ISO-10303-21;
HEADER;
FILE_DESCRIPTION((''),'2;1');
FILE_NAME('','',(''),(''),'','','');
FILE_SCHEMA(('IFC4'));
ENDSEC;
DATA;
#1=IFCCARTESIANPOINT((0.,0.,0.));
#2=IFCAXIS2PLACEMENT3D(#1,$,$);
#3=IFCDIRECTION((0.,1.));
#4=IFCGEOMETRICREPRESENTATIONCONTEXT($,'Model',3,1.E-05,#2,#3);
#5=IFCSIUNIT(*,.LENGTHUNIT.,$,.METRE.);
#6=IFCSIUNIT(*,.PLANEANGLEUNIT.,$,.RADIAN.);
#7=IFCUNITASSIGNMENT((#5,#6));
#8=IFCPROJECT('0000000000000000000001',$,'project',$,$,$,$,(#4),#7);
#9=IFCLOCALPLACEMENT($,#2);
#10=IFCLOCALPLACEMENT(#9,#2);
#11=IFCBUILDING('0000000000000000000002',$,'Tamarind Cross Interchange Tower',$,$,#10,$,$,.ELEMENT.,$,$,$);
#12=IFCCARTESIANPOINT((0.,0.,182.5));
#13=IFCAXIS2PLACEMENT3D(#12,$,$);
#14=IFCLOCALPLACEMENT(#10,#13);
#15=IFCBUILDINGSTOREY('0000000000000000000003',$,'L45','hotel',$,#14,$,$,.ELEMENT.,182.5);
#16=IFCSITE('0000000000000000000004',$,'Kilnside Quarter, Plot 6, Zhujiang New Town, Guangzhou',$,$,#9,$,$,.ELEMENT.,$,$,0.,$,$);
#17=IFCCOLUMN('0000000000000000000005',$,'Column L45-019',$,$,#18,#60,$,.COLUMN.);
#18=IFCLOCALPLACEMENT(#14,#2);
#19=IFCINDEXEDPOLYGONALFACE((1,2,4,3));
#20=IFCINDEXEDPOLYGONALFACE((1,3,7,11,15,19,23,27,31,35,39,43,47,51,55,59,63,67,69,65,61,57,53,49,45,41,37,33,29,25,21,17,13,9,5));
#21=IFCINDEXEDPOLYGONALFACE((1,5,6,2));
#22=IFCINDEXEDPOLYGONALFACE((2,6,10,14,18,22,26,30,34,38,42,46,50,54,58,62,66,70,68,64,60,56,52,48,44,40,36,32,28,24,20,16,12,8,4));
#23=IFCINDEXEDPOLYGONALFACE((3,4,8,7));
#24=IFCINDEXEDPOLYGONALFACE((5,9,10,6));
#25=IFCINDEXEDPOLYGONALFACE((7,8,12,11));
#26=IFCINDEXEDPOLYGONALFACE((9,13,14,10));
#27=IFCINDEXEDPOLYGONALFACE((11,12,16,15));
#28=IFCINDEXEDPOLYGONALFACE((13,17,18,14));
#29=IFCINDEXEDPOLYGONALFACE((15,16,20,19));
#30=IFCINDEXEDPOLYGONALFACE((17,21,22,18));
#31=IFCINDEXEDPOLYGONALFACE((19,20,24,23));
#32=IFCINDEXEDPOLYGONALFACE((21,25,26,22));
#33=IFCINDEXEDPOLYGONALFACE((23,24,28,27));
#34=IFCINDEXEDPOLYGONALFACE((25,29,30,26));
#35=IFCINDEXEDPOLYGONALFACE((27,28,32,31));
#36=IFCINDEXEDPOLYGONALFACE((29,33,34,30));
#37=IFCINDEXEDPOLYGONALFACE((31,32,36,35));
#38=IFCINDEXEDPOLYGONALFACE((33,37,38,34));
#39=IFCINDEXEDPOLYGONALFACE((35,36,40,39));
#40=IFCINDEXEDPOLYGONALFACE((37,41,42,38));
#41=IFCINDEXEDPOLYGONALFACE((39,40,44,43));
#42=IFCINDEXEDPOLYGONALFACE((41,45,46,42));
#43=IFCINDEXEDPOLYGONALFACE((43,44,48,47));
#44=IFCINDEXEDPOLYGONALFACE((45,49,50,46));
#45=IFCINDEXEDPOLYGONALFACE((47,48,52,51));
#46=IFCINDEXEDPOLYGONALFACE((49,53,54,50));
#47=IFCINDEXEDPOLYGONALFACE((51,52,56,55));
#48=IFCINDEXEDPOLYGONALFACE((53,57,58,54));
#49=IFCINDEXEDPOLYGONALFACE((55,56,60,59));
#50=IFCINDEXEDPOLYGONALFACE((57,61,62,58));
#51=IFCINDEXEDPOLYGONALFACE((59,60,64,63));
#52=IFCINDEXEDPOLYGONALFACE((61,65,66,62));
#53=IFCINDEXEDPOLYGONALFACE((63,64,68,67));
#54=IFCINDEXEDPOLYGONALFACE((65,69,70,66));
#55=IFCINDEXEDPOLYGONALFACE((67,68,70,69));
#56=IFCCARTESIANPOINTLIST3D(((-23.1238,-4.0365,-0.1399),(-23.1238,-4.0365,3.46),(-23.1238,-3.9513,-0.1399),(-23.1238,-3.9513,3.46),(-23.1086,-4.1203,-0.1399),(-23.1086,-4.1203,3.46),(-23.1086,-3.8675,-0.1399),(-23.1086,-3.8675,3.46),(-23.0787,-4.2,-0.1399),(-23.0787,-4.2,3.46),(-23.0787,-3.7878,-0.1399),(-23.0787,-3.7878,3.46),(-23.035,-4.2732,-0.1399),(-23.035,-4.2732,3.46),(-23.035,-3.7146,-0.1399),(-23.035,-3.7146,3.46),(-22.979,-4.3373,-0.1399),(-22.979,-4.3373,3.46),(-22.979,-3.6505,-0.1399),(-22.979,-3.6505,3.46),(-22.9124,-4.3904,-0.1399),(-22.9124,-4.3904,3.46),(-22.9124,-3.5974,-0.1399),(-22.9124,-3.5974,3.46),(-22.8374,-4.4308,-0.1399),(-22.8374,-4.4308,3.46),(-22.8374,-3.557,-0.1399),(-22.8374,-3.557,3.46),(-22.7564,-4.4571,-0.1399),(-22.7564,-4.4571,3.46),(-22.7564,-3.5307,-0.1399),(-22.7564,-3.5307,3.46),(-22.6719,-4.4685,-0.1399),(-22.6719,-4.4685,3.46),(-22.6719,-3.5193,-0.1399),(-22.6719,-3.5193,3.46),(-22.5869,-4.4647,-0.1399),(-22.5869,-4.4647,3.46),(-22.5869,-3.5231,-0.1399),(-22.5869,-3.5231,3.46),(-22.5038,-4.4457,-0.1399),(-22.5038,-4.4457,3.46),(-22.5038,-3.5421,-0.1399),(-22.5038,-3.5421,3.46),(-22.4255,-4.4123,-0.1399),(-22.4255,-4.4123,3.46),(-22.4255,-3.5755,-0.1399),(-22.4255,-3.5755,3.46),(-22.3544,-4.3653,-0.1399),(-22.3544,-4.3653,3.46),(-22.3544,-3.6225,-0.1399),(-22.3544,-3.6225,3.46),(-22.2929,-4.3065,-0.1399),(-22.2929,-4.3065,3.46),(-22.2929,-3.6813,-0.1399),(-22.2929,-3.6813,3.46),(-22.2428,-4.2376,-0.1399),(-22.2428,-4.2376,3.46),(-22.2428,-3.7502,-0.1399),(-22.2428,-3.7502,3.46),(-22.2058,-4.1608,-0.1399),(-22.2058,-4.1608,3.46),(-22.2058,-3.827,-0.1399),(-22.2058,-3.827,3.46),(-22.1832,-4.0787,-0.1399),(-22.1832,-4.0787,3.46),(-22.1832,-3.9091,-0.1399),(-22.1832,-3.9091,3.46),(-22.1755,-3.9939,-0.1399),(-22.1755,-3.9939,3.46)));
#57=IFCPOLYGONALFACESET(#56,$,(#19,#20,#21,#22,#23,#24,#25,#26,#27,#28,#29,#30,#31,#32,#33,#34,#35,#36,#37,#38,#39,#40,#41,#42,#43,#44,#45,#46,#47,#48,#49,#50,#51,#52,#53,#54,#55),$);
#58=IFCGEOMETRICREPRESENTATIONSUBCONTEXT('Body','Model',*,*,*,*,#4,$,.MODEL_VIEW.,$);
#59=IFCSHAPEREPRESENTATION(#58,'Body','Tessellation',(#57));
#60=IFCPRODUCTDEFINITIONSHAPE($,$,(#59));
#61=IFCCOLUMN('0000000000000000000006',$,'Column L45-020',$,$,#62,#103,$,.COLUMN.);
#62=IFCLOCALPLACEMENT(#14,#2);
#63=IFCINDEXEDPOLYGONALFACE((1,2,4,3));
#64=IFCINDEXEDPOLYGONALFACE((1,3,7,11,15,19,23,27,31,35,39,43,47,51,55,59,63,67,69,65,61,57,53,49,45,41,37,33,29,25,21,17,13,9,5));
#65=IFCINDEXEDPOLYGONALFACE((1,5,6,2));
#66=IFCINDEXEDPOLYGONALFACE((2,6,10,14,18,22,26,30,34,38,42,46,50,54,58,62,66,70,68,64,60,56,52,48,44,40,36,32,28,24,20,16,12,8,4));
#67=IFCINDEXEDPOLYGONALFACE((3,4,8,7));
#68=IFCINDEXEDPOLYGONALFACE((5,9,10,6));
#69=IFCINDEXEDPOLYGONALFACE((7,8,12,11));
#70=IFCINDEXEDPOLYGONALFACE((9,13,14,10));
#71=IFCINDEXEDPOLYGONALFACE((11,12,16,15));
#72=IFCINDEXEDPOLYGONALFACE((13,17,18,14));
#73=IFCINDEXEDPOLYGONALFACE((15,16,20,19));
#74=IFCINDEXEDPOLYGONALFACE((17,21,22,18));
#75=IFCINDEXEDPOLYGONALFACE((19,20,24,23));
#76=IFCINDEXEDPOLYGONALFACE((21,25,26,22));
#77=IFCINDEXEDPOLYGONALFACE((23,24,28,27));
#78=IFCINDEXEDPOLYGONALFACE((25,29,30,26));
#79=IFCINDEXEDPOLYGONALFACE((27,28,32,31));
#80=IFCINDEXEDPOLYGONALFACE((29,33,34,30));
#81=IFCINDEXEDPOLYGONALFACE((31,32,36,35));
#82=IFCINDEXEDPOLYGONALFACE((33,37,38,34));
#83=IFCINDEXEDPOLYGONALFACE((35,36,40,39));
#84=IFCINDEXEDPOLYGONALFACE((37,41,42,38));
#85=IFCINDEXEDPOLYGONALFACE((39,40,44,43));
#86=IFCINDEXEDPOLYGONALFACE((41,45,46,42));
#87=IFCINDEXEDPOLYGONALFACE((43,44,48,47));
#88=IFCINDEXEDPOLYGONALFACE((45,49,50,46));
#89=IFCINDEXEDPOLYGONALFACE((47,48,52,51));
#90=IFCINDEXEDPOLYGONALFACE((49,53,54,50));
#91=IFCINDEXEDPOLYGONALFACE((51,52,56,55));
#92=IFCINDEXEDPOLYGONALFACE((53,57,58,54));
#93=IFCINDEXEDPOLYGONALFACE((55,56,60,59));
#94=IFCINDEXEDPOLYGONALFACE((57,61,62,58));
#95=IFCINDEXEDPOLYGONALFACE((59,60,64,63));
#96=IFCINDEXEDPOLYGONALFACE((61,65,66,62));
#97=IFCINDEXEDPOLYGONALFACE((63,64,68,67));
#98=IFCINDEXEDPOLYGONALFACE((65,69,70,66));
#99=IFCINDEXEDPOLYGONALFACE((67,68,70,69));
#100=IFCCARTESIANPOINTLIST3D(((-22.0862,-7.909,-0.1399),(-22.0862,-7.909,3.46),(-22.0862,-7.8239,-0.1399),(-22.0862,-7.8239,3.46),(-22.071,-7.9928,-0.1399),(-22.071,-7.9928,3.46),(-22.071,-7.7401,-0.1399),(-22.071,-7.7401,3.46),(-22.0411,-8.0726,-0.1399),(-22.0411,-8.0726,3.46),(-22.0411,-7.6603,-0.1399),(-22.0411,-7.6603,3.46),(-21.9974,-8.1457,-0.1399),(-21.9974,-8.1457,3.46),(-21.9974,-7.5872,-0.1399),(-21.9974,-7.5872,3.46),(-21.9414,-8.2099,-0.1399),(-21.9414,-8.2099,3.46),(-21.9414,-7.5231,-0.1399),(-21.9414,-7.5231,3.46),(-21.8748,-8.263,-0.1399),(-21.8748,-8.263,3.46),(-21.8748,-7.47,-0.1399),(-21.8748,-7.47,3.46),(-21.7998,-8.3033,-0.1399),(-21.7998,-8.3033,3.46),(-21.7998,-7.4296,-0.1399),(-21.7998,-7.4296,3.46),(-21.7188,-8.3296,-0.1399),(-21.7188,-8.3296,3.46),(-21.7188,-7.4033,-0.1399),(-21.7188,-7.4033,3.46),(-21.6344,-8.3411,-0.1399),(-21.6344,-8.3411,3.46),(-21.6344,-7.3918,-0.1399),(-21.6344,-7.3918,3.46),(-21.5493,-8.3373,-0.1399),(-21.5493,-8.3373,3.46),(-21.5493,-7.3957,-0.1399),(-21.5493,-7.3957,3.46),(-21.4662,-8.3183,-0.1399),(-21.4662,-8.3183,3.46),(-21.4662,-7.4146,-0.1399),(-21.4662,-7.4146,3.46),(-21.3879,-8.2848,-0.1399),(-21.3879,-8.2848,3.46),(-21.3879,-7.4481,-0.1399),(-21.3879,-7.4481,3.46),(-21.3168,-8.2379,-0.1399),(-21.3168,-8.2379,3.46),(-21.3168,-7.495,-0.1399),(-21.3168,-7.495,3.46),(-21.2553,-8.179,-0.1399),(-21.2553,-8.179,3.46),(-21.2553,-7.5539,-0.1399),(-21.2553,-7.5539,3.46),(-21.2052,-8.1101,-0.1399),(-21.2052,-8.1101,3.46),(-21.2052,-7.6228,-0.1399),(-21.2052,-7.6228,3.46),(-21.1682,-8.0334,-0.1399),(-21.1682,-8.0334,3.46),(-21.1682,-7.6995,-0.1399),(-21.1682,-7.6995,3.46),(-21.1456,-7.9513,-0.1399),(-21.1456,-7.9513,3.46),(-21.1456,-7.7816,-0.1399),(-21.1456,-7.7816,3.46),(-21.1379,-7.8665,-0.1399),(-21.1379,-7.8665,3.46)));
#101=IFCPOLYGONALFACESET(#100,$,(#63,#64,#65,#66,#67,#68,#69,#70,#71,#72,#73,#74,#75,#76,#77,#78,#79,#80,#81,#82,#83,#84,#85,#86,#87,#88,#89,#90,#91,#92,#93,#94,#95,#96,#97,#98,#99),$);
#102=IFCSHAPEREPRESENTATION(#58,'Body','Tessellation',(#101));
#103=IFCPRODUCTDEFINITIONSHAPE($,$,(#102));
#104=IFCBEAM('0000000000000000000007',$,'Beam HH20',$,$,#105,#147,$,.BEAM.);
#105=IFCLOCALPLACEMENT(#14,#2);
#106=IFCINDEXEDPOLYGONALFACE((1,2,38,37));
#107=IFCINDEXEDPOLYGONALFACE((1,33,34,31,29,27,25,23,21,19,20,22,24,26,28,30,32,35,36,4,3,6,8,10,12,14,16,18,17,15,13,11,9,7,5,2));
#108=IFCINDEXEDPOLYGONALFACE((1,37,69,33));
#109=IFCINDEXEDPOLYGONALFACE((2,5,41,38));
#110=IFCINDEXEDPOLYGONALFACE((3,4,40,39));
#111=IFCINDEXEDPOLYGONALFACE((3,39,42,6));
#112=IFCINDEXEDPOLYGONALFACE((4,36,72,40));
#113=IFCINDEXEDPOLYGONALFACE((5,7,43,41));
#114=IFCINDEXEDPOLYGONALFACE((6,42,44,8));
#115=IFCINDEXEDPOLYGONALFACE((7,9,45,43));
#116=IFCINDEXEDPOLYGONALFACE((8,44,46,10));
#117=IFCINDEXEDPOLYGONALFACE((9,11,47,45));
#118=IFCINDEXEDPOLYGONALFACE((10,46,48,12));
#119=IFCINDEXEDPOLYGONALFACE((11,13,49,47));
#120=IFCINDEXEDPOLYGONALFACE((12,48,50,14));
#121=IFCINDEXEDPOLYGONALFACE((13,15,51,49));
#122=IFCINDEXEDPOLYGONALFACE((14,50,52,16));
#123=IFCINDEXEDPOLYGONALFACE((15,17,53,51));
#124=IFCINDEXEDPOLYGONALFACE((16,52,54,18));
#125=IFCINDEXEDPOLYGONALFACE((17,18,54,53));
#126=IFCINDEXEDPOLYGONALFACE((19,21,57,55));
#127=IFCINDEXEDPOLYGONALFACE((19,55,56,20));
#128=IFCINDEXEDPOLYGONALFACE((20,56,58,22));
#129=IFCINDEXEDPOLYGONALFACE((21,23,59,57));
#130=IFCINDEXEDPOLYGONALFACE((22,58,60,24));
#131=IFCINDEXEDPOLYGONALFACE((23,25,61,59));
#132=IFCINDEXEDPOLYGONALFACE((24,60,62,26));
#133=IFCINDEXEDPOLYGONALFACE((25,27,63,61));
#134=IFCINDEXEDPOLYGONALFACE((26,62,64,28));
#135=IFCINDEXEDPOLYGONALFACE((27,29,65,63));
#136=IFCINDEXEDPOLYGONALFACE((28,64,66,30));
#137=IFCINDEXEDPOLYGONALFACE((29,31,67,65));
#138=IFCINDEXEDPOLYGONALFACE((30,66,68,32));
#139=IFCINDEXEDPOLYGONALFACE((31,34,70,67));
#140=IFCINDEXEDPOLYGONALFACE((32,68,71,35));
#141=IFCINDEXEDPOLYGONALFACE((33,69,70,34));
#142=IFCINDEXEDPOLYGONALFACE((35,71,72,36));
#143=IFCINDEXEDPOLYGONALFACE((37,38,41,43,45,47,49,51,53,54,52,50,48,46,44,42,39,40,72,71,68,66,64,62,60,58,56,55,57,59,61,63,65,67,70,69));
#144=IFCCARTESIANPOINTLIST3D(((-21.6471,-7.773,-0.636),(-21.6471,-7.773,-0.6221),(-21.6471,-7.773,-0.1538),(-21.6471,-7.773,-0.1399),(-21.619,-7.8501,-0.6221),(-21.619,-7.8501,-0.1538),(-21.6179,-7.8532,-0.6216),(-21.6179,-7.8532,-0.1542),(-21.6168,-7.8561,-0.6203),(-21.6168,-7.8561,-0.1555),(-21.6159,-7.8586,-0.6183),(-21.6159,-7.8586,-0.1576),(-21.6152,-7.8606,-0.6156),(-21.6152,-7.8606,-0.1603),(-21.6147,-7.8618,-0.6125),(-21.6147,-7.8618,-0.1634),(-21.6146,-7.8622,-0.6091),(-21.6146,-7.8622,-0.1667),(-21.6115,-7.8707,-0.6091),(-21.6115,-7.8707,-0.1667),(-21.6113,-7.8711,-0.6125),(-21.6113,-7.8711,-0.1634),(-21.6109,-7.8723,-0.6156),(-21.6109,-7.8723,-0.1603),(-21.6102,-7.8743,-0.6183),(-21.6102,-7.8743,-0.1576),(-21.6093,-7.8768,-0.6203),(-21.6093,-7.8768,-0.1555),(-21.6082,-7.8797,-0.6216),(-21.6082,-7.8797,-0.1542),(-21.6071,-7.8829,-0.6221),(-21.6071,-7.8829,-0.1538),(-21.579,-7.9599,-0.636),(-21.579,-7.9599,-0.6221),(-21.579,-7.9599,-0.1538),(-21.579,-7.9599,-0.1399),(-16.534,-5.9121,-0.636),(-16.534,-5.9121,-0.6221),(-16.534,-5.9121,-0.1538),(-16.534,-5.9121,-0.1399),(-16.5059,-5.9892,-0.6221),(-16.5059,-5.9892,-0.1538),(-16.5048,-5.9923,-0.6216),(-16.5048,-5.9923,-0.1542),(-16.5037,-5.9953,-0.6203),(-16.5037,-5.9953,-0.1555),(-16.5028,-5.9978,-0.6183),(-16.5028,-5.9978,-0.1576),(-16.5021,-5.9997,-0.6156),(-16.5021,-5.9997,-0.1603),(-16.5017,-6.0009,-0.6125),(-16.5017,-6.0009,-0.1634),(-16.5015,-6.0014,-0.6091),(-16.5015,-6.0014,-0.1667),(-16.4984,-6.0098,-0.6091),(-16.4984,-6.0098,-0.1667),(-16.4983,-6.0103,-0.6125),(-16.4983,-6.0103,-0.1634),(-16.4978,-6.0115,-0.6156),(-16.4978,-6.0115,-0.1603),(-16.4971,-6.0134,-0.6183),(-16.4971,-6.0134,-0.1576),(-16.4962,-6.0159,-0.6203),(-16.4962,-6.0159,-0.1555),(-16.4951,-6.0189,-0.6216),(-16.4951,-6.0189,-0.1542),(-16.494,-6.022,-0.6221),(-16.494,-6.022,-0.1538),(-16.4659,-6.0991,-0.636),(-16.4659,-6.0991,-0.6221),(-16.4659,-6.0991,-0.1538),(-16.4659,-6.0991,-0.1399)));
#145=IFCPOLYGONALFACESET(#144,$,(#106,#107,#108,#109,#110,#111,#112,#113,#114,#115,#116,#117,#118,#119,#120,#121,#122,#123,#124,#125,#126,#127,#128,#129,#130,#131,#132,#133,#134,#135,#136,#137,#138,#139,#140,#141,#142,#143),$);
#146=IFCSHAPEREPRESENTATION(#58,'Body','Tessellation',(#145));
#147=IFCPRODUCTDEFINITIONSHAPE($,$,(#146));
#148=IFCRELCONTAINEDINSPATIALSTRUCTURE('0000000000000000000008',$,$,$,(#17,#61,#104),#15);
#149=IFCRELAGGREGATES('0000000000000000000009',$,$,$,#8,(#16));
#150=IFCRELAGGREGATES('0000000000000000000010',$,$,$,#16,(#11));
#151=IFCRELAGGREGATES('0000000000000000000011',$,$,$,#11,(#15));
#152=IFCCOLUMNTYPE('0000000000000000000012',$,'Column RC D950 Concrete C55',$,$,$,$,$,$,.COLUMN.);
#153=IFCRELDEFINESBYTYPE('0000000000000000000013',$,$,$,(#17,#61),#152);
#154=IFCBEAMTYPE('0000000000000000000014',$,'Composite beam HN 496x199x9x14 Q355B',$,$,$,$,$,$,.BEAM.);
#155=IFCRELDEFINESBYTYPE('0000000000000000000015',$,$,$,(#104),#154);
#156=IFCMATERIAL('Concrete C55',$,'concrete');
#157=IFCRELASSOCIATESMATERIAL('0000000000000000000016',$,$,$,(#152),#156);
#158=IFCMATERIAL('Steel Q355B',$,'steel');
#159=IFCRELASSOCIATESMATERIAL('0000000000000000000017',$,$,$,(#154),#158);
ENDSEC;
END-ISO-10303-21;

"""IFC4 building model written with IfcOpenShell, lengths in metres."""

from ifc_helpers import new_model, si_unit, direction, frame, origin, origin_2d, place, context, subcontext, project, spatial, circle, i_section, extrude, material, material_profile, profile_set, type_object, element, save


model = new_model("IFC4")

# Units and contexts
model_context = context("Model", 3, precision=1e-05, world=origin(), true_north=direction((0.0, 1.0)))
body_context = subcontext(model_context, "Body", "Model", "MODEL_VIEW")
ifc_project = project(units=[si_unit("LENGTHUNIT", "METRE"), si_unit("PLANEANGLEUNIT", "RADIAN")], contexts=[model_context])

# Site, building, storey
site_placement = place(None, origin())
site = spatial("IfcSite", under=ifc_project, at=site_placement, Name="Kilnside Quarter, Plot 6, Zhujiang New Town, Guangzhou", CompositionType="ELEMENT", RefElevation=0.0)
building_placement = place(site_placement, origin())
building = spatial("IfcBuilding", under=site, at=building_placement, Name="Tamarind Cross Interchange Tower", CompositionType="ELEMENT")
storey_placement = place(building_placement, frame((0.0, 0.0, 182.5)))
storey = spatial("IfcBuildingStorey", under=building, at=storey_placement, Name="L45", Description="hotel", CompositionType="ELEMENT", Elevation=182.5)

# Columns
ifc_material_1 = material(Name="Concrete C55", Category="concrete")
ifc_material_profile_1 = material_profile(ifc_material_1, circle(Radius=0.4751, at=origin_2d()), Name="RC D950")
ifc_profile_set_1 = profile_set([ifc_material_profile_1], Name="Concrete C55")
column_type = type_object("IfcColumnType", Name="Column RC D950 Concrete C55", PredefinedType="COLUMN", material=ifc_profile_set_1)
for number, where, z_axis, x_axis, name in (
    (1, (-22.6506, -3.9939, -0.1399), (0.0, 0.0, 1.0), (1.0, 0.0, 0.0), "Column L45-019"),
    (2, (-21.613, -7.8665, -0.1399), (0.0, 0.0, 1.0), (1.0, 0.0, 0.0), "Column L45-020"),
):
    element("IfcColumn", number, at=place(storey_placement, frame(where, z_axis=z_axis, x_axis=x_axis)), inside=storey, type_object=column_type, Name=name, PredefinedType="COLUMN", context=body_context, shape_type="SweptSolid", body=[
        extrude(circle(Radius=0.4751, at=origin_2d()), origin(), (0.0, 0.0, 1.0), 3.5999),
    ])

# Beam
ifc_material_2 = material(Name="Steel Q355B", Category="steel")
ifc_material_profile_2 = material_profile(ifc_material_2, i_section(OverallWidth=0.199, OverallDepth=0.4961, WebThickness=0.009, FlangeThickness=0.0139, FilletRadius=0.0129, at=origin_2d()), Name="HN 496x199x9x14")
ifc_profile_set_2 = profile_set([ifc_material_profile_2], Name="Steel Q355B")
beam_type = type_object("IfcBeamType", Name="Composite beam HN 496x199x9x14 Q355B", PredefinedType="BEAM", material=ifc_profile_set_2)
beam_placement = place(storey_placement, frame((-21.613, -7.8665, -0.3879), z_axis=(0.939702, 0.341995, 0.0), x_axis=(-0.341995, 0.939702, 0.0)))
element("IfcBeam", 3, at=beam_placement, inside=storey, type_object=beam_type, Name="Beam HH20", PredefinedType="BEAM", context=body_context, shape_type="SweptSolid", body=[
    extrude(i_section(OverallWidth=0.199, OverallDepth=0.4961, WebThickness=0.009, FlangeThickness=0.0139, FilletRadius=0.0129, at=origin_2d()), origin(), (0.0, 0.0, 1.0), 5.4412),
])

save(model, "model.ifc")
